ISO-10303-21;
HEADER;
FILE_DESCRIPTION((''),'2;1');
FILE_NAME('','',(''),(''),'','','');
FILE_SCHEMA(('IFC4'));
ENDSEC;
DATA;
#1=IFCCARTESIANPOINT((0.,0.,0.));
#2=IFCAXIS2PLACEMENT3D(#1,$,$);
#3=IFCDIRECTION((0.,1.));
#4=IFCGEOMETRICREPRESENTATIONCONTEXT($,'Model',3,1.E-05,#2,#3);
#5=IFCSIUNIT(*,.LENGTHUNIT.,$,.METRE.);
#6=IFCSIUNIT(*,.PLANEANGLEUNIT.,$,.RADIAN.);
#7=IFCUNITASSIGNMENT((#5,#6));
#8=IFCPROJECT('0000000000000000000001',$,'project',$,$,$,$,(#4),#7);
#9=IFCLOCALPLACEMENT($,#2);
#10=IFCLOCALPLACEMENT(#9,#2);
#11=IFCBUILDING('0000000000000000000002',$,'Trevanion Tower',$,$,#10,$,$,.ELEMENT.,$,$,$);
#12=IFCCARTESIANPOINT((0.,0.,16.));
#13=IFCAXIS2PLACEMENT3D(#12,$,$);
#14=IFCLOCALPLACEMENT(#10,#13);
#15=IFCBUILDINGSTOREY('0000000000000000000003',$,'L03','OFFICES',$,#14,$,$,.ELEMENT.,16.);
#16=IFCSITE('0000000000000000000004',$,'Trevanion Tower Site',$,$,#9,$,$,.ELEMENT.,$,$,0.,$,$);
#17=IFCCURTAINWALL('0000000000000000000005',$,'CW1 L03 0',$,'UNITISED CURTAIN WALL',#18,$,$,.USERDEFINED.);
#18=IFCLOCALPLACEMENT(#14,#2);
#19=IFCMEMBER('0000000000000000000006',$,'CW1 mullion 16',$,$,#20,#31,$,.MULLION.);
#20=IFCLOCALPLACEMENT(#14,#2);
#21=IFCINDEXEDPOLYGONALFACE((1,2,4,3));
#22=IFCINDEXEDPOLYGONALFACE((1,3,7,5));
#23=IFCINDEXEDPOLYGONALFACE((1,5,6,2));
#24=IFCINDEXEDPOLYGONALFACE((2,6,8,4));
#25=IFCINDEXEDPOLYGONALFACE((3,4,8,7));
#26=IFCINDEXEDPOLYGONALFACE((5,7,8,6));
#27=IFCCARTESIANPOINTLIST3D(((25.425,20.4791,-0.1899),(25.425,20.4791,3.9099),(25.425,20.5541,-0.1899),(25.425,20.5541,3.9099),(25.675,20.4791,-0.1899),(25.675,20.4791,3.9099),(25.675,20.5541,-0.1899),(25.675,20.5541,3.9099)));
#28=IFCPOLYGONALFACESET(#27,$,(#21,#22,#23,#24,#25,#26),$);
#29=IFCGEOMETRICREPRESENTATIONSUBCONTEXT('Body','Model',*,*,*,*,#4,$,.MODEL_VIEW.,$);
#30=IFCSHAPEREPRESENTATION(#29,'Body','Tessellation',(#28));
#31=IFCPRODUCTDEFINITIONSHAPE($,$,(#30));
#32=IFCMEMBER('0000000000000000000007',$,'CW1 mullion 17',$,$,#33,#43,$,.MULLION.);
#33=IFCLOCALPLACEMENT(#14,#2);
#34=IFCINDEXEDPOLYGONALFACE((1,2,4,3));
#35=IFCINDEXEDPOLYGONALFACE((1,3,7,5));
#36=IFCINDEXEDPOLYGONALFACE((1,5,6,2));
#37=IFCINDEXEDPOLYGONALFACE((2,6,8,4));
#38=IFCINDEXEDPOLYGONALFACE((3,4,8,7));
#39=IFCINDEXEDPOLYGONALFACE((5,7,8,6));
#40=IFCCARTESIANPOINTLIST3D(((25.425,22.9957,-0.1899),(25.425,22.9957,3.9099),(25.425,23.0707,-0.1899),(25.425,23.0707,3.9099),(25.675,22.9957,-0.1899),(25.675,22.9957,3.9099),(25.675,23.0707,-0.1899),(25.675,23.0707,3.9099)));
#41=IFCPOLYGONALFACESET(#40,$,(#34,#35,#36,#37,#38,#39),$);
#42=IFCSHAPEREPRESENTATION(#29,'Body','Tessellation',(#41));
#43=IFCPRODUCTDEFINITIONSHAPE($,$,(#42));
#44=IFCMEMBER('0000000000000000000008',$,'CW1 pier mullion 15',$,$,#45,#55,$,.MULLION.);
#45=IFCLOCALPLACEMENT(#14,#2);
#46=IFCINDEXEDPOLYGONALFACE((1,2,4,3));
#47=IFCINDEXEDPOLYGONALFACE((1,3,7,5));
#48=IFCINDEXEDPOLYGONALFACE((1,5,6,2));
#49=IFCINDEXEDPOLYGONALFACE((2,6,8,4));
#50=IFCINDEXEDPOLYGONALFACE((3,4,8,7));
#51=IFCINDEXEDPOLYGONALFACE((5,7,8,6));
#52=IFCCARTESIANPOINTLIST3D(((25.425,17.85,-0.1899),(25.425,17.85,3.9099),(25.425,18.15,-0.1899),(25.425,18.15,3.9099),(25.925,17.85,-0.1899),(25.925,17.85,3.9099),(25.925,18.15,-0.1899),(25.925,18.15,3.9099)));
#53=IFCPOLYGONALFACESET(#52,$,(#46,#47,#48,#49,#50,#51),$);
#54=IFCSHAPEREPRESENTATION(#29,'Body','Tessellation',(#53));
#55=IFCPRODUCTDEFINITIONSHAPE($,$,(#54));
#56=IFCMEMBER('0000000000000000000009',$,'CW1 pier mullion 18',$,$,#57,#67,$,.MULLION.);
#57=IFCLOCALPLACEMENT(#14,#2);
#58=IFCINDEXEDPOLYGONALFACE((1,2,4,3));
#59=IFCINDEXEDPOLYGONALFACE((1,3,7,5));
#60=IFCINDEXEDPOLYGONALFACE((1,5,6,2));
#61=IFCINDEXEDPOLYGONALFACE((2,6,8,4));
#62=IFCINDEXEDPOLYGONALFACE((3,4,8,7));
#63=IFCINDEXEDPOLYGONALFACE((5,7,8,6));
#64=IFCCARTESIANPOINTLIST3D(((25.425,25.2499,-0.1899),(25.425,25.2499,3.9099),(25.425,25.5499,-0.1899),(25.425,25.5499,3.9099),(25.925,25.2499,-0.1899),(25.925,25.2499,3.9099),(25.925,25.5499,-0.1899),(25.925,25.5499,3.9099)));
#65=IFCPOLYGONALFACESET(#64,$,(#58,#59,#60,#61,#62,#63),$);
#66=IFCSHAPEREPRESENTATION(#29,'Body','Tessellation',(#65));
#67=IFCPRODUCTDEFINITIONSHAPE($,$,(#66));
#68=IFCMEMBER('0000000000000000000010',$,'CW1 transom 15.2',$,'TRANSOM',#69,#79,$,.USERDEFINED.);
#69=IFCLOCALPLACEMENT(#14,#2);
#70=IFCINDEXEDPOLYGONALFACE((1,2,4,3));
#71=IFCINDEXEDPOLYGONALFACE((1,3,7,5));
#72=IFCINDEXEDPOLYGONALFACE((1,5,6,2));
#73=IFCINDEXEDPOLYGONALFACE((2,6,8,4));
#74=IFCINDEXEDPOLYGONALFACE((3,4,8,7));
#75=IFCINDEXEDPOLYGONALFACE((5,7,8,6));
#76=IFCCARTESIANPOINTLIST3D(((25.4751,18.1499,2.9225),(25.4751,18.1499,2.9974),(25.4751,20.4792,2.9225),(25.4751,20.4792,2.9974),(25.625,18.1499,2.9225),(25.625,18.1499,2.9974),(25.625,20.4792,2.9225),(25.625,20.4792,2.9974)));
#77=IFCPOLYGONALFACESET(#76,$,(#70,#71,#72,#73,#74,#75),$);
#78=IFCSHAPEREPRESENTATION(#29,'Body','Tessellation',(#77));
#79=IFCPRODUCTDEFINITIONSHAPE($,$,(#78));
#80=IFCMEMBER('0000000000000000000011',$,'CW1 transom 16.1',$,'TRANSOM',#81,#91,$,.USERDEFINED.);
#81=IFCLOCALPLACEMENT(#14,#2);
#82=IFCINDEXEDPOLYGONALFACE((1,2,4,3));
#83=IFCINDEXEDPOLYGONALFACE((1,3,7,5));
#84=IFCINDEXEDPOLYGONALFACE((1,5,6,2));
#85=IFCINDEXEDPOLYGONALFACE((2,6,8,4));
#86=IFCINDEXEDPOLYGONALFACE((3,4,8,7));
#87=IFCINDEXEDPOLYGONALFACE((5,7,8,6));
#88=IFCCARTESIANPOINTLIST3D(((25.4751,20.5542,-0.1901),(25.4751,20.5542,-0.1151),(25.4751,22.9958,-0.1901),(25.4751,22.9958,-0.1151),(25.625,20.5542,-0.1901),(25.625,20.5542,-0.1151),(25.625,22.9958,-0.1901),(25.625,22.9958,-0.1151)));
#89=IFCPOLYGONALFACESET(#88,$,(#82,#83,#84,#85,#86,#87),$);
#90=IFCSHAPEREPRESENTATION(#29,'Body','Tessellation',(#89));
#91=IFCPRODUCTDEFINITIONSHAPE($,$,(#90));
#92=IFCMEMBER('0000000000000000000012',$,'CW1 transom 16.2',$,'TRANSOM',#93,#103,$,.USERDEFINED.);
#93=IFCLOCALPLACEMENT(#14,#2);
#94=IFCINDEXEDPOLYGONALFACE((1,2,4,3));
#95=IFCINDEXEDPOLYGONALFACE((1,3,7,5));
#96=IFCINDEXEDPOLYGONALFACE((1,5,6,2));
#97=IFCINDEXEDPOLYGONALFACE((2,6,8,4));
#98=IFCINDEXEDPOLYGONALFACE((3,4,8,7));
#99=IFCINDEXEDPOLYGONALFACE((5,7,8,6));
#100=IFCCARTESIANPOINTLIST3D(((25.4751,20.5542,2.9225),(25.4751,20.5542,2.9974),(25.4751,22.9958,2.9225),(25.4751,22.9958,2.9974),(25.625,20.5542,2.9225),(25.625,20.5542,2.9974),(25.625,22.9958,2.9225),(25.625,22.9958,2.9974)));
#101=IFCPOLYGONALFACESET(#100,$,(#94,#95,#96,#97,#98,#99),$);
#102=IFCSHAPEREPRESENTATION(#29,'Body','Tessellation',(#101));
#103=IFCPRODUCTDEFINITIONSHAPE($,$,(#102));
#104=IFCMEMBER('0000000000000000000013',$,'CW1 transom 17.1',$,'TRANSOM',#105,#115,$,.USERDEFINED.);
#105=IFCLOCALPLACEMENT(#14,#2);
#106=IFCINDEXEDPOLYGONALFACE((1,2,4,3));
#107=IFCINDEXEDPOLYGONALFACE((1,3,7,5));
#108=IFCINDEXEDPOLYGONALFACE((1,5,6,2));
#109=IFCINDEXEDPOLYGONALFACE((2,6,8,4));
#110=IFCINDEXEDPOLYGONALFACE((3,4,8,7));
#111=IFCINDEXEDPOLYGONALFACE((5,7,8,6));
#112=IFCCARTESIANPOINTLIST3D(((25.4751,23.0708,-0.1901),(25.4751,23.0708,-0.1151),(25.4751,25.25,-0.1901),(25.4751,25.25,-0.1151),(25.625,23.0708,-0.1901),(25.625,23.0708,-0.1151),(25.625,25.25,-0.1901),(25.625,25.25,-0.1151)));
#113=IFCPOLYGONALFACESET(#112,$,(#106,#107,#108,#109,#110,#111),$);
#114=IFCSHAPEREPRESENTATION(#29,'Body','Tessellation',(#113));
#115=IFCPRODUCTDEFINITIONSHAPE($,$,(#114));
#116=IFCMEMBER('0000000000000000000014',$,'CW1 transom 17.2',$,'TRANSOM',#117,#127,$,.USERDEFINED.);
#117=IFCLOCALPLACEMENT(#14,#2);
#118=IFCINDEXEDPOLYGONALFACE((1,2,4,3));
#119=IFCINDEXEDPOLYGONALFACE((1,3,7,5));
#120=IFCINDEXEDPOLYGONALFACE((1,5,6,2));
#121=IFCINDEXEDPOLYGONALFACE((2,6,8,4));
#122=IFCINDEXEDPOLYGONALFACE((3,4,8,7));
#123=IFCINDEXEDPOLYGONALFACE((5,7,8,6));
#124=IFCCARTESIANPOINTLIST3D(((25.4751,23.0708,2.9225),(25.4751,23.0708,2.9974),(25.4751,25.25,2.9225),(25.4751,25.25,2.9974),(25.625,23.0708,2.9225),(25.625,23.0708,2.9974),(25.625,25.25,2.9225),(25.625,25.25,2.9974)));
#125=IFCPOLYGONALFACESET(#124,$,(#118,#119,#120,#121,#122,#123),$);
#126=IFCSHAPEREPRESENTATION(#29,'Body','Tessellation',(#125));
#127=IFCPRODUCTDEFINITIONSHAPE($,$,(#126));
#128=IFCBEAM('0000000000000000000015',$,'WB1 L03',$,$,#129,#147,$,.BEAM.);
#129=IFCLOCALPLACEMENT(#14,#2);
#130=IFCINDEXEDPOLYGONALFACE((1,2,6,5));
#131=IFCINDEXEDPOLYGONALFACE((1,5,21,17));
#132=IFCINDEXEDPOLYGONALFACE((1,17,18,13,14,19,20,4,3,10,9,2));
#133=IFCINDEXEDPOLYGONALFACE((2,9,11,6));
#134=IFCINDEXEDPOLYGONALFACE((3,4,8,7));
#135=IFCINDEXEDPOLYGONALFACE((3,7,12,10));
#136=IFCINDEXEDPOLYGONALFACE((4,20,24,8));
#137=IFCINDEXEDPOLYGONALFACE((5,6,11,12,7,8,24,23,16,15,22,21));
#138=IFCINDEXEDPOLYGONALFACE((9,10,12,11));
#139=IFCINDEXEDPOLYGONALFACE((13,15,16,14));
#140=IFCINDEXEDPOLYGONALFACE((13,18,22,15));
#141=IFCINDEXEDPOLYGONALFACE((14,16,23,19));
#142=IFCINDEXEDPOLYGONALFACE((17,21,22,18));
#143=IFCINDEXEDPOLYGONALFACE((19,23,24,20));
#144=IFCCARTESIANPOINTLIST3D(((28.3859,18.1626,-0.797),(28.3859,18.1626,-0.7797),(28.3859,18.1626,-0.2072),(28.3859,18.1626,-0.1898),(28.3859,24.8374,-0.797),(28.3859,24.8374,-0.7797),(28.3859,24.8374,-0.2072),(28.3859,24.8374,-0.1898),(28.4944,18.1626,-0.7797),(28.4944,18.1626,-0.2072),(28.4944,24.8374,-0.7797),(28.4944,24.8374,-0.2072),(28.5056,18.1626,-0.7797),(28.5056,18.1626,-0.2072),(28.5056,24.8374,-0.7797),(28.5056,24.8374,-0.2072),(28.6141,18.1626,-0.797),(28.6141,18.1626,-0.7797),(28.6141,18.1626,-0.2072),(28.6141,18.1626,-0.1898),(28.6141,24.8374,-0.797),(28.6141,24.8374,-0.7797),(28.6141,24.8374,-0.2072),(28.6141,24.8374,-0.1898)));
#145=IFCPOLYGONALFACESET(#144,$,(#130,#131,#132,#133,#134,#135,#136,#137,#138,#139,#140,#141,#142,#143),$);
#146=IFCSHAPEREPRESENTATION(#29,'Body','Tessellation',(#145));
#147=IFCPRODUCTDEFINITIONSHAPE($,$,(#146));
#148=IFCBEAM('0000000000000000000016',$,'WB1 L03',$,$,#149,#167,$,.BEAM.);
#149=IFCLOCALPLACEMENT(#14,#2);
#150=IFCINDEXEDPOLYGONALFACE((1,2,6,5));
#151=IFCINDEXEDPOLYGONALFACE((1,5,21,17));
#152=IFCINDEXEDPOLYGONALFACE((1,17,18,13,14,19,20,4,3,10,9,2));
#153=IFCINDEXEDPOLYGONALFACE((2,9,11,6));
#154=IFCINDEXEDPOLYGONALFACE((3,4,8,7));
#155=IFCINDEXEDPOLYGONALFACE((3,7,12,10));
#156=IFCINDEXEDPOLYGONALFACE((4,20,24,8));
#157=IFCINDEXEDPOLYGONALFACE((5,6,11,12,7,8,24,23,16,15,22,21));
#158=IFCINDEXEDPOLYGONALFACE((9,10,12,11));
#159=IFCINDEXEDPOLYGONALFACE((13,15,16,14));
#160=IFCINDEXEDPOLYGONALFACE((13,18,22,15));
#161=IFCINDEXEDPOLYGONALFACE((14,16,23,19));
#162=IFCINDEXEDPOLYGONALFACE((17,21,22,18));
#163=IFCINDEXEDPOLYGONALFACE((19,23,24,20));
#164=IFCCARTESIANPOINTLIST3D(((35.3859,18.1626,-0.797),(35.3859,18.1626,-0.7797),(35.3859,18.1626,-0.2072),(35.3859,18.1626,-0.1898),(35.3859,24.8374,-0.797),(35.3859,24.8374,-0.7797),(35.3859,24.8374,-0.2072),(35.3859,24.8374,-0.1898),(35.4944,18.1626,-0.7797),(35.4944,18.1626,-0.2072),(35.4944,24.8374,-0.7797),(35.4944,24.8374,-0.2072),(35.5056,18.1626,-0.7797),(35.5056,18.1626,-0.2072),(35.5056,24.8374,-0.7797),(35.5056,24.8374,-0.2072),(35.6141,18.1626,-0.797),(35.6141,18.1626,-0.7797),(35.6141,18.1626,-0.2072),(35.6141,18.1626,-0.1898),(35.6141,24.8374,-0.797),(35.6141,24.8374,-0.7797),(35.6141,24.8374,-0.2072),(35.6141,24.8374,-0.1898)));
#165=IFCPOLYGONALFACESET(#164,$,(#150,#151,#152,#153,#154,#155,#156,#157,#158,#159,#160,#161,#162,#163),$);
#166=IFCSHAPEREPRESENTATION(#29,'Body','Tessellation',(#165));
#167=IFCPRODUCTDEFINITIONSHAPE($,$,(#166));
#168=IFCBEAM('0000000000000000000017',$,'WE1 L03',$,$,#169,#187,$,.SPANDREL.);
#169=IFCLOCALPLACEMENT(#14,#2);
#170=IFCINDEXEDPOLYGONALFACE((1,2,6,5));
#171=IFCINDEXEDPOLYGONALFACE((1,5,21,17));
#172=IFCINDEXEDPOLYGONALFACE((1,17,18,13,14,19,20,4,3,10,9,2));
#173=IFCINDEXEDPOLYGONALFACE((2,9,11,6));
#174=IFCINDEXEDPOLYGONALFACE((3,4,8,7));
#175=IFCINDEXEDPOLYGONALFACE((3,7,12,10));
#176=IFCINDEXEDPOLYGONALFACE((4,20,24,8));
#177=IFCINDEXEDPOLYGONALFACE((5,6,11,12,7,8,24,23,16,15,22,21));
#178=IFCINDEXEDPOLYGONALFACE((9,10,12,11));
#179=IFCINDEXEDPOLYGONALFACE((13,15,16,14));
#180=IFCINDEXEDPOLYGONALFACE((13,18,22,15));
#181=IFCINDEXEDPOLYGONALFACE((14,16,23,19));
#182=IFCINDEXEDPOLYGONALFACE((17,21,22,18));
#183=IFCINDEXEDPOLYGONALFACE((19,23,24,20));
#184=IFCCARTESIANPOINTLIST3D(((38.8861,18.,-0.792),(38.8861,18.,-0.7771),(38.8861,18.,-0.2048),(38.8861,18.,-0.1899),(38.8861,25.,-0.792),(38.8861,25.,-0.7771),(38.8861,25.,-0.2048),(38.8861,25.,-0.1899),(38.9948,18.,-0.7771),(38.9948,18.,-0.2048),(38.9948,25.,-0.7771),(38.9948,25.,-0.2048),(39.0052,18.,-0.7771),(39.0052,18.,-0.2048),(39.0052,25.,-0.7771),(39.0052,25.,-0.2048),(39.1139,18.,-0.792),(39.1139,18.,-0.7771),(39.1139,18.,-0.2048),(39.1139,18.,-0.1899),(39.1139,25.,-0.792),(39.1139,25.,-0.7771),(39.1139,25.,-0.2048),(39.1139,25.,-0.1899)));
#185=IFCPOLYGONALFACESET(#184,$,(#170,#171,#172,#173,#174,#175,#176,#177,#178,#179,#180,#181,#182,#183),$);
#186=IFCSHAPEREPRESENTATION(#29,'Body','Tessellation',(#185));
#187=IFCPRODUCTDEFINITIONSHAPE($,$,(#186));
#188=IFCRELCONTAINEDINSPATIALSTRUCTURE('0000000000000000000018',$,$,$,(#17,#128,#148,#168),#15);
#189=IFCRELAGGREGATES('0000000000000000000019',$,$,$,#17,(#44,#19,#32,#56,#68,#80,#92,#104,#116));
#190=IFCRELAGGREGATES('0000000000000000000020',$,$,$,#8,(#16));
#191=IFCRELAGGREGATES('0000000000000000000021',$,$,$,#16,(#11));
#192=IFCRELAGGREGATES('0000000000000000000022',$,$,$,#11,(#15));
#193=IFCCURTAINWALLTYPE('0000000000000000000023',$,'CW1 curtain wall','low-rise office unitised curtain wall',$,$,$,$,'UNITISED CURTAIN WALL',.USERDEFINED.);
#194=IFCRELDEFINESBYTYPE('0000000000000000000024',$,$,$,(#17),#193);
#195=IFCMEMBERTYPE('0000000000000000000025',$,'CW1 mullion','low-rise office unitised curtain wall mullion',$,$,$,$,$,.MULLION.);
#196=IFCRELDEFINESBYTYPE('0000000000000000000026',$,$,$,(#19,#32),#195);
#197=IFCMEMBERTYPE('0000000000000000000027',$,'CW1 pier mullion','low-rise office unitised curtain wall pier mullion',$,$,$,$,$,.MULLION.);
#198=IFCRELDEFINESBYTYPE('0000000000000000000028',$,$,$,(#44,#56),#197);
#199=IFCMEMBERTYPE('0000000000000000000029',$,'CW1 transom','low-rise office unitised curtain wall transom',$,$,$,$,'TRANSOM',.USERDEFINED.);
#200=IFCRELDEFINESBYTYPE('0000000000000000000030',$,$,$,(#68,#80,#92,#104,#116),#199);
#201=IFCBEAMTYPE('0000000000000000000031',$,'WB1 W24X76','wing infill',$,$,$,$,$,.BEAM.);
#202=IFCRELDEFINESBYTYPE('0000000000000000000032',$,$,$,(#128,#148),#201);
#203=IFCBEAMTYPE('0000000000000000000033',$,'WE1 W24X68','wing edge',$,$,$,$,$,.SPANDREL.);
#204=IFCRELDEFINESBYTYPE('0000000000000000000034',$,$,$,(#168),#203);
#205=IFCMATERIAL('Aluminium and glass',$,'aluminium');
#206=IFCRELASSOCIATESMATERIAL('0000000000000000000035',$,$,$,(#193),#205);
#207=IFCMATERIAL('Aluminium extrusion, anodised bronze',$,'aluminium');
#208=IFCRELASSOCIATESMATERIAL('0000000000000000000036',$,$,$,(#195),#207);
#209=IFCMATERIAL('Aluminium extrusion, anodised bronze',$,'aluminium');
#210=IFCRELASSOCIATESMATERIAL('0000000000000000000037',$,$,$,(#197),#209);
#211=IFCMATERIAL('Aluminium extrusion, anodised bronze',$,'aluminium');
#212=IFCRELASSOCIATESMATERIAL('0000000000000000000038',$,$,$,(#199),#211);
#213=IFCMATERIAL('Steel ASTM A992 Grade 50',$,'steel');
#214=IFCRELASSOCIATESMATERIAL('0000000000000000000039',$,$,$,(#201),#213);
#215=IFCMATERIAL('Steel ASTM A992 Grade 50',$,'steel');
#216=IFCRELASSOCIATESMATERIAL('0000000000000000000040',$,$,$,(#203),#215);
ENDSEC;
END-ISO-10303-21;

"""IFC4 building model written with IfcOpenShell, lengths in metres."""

from ifc_helpers import new_model, si_unit, direction, frame, origin, origin_2d, place, context, subcontext, project, spatial, rectangle, i_section, extrude, material, material_profile, profile_set, type_object, element, aggregate, save


model = new_model("IFC4")

# Units and contexts
model_context = context("Model", 3, precision=1e-05, world=origin(), true_north=direction((0.0, 1.0)))
body_context = subcontext(model_context, "Body", "Model", "MODEL_VIEW")
ifc_project = project(units=[si_unit("LENGTHUNIT", "METRE"), si_unit("PLANEANGLEUNIT", "RADIAN")], contexts=[model_context])

# Site, building, storey
site_placement = place(None, origin())
site = spatial("IfcSite", under=ifc_project, at=site_placement, Name="Trevanion Tower Site", CompositionType="ELEMENT", RefElevation=0.0)
building_placement = place(site_placement, origin())
building = spatial("IfcBuilding", under=site, at=building_placement, Name="Trevanion Tower", CompositionType="ELEMENT")
storey_placement = place(building_placement, frame((0.0, 0.0, 16.0)))
storey = spatial("IfcBuildingStorey", under=building, at=storey_placement, Name="L03", Description="OFFICES", CompositionType="ELEMENT", Elevation=16.0)

# Curtain wall, members
ifc_material_1 = material(Name="Aluminium and glass", Category="aluminium")
curtain_wall_type = type_object("IfcCurtainWallType", Name="CW1 curtain wall", Description="low-rise office unitised curtain wall", ElementType="UNITISED CURTAIN WALL", PredefinedType="USERDEFINED", material=ifc_material_1)
curtain_wall_placement = place(storey_placement, origin())
curtain_wall = element("IfcCurtainWall", 1, at=curtain_wall_placement, inside=storey, type_object=curtain_wall_type, Name="CW1 L03 0", ObjectType="UNITISED CURTAIN WALL", PredefinedType="USERDEFINED")
ifc_material_2 = material(Name="Aluminium extrusion, anodised bronze", Category="aluminium")
ifc_material_profile_1 = material_profile(ifc_material_2, rectangle(XDim=0.075, YDim=0.25, at=origin_2d()), Name="CW1 mullion")
ifc_profile_set_1 = profile_set([ifc_material_profile_1], Name="Aluminium extrusion, anodised bronze")
member_type_1 = type_object("IfcMemberType", Name="CW1 mullion", Description="low-rise office unitised curtain wall mullion", PredefinedType="MULLION", material=ifc_profile_set_1)
member_1_placement = place(storey_placement, frame((25.55, 20.5166, -0.1899), z_axis=(0.0, 0.0, 1.0), x_axis=(0.0, 1.0, 0.0)))
member_1 = element("IfcMember", 2, at=member_1_placement, type_object=member_type_1, Name="CW1 mullion 16", PredefinedType="MULLION", context=body_context, shape_type="SweptSolid", body=[
    extrude(rectangle(XDim=0.075, YDim=0.25, at=origin_2d()), origin(), (0.0, 0.0, 1.0), 4.0999),
])
member_2_placement = place(storey_placement, frame((25.55, 23.0332, -0.1899), z_axis=(0.0, 0.0, 1.0), x_axis=(0.0, 1.0, 0.0)))
member_2 = element("IfcMember", 3, at=member_2_placement, type_object=member_type_1, Name="CW1 mullion 17", PredefinedType="MULLION", context=body_context, shape_type="SweptSolid", body=[
    extrude(rectangle(XDim=0.075, YDim=0.25, at=origin_2d()), origin(), (0.0, 0.0, 1.0), 4.0999),
])
ifc_material_3 = material(Name="Aluminium extrusion, anodised bronze", Category="aluminium")
ifc_material_profile_2 = material_profile(ifc_material_3, rectangle(XDim=0.3, YDim=0.5, at=origin_2d()), Name="CW1 pier mullion")
ifc_profile_set_2 = profile_set([ifc_material_profile_2], Name="Aluminium extrusion, anodised bronze")
member_type_2 = type_object("IfcMemberType", Name="CW1 pier mullion", Description="low-rise office unitised curtain wall pier mullion", PredefinedType="MULLION", material=ifc_profile_set_2)
member_3_placement = place(storey_placement, frame((25.675, 18.0, -0.1899), z_axis=(0.0, 0.0, 1.0), x_axis=(0.0, 1.0, 0.0)))
member_3 = element("IfcMember", 4, at=member_3_placement, type_object=member_type_2, Name="CW1 pier mullion 15", PredefinedType="MULLION", context=body_context, shape_type="SweptSolid", body=[
    extrude(rectangle(XDim=0.3, YDim=0.5, at=origin_2d()), origin(), (0.0, 0.0, 1.0), 4.0999),
])
member_4_placement = place(storey_placement, frame((25.675, 25.3999, -0.1899), z_axis=(0.0, 0.0, 1.0), x_axis=(0.0, 1.0, 0.0)))
member_4 = element("IfcMember", 5, at=member_4_placement, type_object=member_type_2, Name="CW1 pier mullion 18", PredefinedType="MULLION", context=body_context, shape_type="SweptSolid", body=[
    extrude(rectangle(XDim=0.3, YDim=0.5, at=origin_2d()), origin(), (0.0, 0.0, 1.0), 4.0999),
])
ifc_material_4 = material(Name="Aluminium extrusion, anodised bronze", Category="aluminium")
ifc_material_profile_3 = material_profile(ifc_material_4, rectangle(XDim=0.1499, YDim=0.075, at=origin_2d()), Name="CW1 transom")
ifc_profile_set_3 = profile_set([ifc_material_profile_3], Name="Aluminium extrusion, anodised bronze")
member_type_3 = type_object("IfcMemberType", Name="CW1 transom", Description="low-rise office unitised curtain wall transom", ElementType="TRANSOM", PredefinedType="USERDEFINED", material=ifc_profile_set_3)
member_5_placement = place(storey_placement, frame((25.55, 18.1499, 2.96), z_axis=(0.0, 1.0, 0.0), x_axis=(-1.0, 0.0, 0.0)))
member_5 = element("IfcMember", 6, at=member_5_placement, type_object=member_type_3, Name="CW1 transom 15.2", ObjectType="TRANSOM", PredefinedType="USERDEFINED", context=body_context, shape_type="SweptSolid", body=[
    extrude(rectangle(XDim=0.1499, YDim=0.075, at=origin_2d()), origin(), (0.0, 0.0, 1.0), 2.3293),
])
member_6_placement = place(storey_placement, frame((25.55, 20.5542, -0.1526), z_axis=(0.0, 1.0, 0.0), x_axis=(-1.0, 0.0, 0.0)))
member_6 = element("IfcMember", 7, at=member_6_placement, type_object=member_type_3, Name="CW1 transom 16.1", ObjectType="TRANSOM", PredefinedType="USERDEFINED", context=body_context, shape_type="SweptSolid", body=[
    extrude(rectangle(XDim=0.1499, YDim=0.075, at=origin_2d()), origin(), (0.0, 0.0, 1.0), 2.4417),
])
member_7_placement = place(storey_placement, frame((25.55, 20.5542, 2.96), z_axis=(0.0, 1.0, 0.0), x_axis=(-1.0, 0.0, 0.0)))
member_7 = element("IfcMember", 8, at=member_7_placement, type_object=member_type_3, Name="CW1 transom 16.2", ObjectType="TRANSOM", PredefinedType="USERDEFINED", context=body_context, shape_type="SweptSolid", body=[
    extrude(rectangle(XDim=0.1499, YDim=0.075, at=origin_2d()), origin(), (0.0, 0.0, 1.0), 2.4417),
])
member_8_placement = place(storey_placement, frame((25.55, 23.0708, -0.1526), z_axis=(0.0, 1.0, 0.0), x_axis=(-1.0, 0.0, 0.0)))
member_8 = element("IfcMember", 9, at=member_8_placement, type_object=member_type_3, Name="CW1 transom 17.1", ObjectType="TRANSOM", PredefinedType="USERDEFINED", context=body_context, shape_type="SweptSolid", body=[
    extrude(rectangle(XDim=0.1499, YDim=0.075, at=origin_2d()), origin(), (0.0, 0.0, 1.0), 2.1792),
])
member_9_placement = place(storey_placement, frame((25.55, 23.0708, 2.96), z_axis=(0.0, 1.0, 0.0), x_axis=(-1.0, 0.0, 0.0)))
member_9 = element("IfcMember", 10, at=member_9_placement, type_object=member_type_3, Name="CW1 transom 17.2", ObjectType="TRANSOM", PredefinedType="USERDEFINED", context=body_context, shape_type="SweptSolid", body=[
    extrude(rectangle(XDim=0.1499, YDim=0.075, at=origin_2d()), origin(), (0.0, 0.0, 1.0), 2.1792),
])

# Beams
ifc_material_5 = material(Name="Steel ASTM A992 Grade 50", Category="steel")
ifc_material_profile_4 = material_profile(ifc_material_5, i_section(OverallWidth=0.2283, OverallDepth=0.6072, WebThickness=0.0112, FlangeThickness=0.0173, at=origin_2d()), Name="W24X76")
ifc_profile_set_4 = profile_set([ifc_material_profile_4], Name="Steel ASTM A992 Grade 50")
beam_type_1 = type_object("IfcBeamType", Name="WB1 W24X76", Description="wing infill", PredefinedType="BEAM", material=ifc_profile_set_4)
for number, where, z_axis, x_axis, name in (
    (11, (28.5, 18.1626, -0.4934), (0.0, 1.0, 0.0), (-1.0, 0.0, 0.0), "WB1 L03"),
    (12, (35.5, 18.1626, -0.4934), (0.0, 1.0, 0.0), (-1.0, 0.0, 0.0), "WB1 L03"),
):
    element("IfcBeam", number, at=place(storey_placement, frame(where, z_axis=z_axis, x_axis=x_axis)), inside=storey, type_object=beam_type_1, Name=name, PredefinedType="BEAM", context=body_context, shape_type="SweptSolid", body=[
        extrude(i_section(OverallWidth=0.2283, OverallDepth=0.6072, WebThickness=0.0112, FlangeThickness=0.0173, at=origin_2d()), origin(), (0.0, 0.0, 1.0), 6.6748),
    ])
ifc_material_6 = material(Name="Steel ASTM A992 Grade 50", Category="steel")
ifc_material_profile_5 = material_profile(ifc_material_6, i_section(OverallWidth=0.2278, OverallDepth=0.6021, WebThickness=0.0105, FlangeThickness=0.0149, at=origin_2d()), Name="W24X68")
ifc_profile_set_5 = profile_set([ifc_material_profile_5], Name="Steel ASTM A992 Grade 50")
beam_type_2 = type_object("IfcBeamType", Name="WE1 W24X68", Description="wing edge", PredefinedType="SPANDREL", material=ifc_profile_set_5)
beam_placement = place(storey_placement, frame((39.0, 18.0, -0.491), z_axis=(0.0, 1.0, 0.0), x_axis=(-1.0, 0.0, 0.0)))
element("IfcBeam", 13, at=beam_placement, inside=storey, type_object=beam_type_2, Name="WE1 L03", PredefinedType="SPANDREL", context=body_context, shape_type="SweptSolid", body=[
    extrude(i_section(OverallWidth=0.2278, OverallDepth=0.6021, WebThickness=0.0105, FlangeThickness=0.0149, at=origin_2d()), origin(), (0.0, 0.0, 1.0), 7.0),
])

aggregate(curtain_wall, [member_3, member_1, member_2, member_4, member_5, member_6, member_7, member_8, member_9])

save(model, "model.ifc")
